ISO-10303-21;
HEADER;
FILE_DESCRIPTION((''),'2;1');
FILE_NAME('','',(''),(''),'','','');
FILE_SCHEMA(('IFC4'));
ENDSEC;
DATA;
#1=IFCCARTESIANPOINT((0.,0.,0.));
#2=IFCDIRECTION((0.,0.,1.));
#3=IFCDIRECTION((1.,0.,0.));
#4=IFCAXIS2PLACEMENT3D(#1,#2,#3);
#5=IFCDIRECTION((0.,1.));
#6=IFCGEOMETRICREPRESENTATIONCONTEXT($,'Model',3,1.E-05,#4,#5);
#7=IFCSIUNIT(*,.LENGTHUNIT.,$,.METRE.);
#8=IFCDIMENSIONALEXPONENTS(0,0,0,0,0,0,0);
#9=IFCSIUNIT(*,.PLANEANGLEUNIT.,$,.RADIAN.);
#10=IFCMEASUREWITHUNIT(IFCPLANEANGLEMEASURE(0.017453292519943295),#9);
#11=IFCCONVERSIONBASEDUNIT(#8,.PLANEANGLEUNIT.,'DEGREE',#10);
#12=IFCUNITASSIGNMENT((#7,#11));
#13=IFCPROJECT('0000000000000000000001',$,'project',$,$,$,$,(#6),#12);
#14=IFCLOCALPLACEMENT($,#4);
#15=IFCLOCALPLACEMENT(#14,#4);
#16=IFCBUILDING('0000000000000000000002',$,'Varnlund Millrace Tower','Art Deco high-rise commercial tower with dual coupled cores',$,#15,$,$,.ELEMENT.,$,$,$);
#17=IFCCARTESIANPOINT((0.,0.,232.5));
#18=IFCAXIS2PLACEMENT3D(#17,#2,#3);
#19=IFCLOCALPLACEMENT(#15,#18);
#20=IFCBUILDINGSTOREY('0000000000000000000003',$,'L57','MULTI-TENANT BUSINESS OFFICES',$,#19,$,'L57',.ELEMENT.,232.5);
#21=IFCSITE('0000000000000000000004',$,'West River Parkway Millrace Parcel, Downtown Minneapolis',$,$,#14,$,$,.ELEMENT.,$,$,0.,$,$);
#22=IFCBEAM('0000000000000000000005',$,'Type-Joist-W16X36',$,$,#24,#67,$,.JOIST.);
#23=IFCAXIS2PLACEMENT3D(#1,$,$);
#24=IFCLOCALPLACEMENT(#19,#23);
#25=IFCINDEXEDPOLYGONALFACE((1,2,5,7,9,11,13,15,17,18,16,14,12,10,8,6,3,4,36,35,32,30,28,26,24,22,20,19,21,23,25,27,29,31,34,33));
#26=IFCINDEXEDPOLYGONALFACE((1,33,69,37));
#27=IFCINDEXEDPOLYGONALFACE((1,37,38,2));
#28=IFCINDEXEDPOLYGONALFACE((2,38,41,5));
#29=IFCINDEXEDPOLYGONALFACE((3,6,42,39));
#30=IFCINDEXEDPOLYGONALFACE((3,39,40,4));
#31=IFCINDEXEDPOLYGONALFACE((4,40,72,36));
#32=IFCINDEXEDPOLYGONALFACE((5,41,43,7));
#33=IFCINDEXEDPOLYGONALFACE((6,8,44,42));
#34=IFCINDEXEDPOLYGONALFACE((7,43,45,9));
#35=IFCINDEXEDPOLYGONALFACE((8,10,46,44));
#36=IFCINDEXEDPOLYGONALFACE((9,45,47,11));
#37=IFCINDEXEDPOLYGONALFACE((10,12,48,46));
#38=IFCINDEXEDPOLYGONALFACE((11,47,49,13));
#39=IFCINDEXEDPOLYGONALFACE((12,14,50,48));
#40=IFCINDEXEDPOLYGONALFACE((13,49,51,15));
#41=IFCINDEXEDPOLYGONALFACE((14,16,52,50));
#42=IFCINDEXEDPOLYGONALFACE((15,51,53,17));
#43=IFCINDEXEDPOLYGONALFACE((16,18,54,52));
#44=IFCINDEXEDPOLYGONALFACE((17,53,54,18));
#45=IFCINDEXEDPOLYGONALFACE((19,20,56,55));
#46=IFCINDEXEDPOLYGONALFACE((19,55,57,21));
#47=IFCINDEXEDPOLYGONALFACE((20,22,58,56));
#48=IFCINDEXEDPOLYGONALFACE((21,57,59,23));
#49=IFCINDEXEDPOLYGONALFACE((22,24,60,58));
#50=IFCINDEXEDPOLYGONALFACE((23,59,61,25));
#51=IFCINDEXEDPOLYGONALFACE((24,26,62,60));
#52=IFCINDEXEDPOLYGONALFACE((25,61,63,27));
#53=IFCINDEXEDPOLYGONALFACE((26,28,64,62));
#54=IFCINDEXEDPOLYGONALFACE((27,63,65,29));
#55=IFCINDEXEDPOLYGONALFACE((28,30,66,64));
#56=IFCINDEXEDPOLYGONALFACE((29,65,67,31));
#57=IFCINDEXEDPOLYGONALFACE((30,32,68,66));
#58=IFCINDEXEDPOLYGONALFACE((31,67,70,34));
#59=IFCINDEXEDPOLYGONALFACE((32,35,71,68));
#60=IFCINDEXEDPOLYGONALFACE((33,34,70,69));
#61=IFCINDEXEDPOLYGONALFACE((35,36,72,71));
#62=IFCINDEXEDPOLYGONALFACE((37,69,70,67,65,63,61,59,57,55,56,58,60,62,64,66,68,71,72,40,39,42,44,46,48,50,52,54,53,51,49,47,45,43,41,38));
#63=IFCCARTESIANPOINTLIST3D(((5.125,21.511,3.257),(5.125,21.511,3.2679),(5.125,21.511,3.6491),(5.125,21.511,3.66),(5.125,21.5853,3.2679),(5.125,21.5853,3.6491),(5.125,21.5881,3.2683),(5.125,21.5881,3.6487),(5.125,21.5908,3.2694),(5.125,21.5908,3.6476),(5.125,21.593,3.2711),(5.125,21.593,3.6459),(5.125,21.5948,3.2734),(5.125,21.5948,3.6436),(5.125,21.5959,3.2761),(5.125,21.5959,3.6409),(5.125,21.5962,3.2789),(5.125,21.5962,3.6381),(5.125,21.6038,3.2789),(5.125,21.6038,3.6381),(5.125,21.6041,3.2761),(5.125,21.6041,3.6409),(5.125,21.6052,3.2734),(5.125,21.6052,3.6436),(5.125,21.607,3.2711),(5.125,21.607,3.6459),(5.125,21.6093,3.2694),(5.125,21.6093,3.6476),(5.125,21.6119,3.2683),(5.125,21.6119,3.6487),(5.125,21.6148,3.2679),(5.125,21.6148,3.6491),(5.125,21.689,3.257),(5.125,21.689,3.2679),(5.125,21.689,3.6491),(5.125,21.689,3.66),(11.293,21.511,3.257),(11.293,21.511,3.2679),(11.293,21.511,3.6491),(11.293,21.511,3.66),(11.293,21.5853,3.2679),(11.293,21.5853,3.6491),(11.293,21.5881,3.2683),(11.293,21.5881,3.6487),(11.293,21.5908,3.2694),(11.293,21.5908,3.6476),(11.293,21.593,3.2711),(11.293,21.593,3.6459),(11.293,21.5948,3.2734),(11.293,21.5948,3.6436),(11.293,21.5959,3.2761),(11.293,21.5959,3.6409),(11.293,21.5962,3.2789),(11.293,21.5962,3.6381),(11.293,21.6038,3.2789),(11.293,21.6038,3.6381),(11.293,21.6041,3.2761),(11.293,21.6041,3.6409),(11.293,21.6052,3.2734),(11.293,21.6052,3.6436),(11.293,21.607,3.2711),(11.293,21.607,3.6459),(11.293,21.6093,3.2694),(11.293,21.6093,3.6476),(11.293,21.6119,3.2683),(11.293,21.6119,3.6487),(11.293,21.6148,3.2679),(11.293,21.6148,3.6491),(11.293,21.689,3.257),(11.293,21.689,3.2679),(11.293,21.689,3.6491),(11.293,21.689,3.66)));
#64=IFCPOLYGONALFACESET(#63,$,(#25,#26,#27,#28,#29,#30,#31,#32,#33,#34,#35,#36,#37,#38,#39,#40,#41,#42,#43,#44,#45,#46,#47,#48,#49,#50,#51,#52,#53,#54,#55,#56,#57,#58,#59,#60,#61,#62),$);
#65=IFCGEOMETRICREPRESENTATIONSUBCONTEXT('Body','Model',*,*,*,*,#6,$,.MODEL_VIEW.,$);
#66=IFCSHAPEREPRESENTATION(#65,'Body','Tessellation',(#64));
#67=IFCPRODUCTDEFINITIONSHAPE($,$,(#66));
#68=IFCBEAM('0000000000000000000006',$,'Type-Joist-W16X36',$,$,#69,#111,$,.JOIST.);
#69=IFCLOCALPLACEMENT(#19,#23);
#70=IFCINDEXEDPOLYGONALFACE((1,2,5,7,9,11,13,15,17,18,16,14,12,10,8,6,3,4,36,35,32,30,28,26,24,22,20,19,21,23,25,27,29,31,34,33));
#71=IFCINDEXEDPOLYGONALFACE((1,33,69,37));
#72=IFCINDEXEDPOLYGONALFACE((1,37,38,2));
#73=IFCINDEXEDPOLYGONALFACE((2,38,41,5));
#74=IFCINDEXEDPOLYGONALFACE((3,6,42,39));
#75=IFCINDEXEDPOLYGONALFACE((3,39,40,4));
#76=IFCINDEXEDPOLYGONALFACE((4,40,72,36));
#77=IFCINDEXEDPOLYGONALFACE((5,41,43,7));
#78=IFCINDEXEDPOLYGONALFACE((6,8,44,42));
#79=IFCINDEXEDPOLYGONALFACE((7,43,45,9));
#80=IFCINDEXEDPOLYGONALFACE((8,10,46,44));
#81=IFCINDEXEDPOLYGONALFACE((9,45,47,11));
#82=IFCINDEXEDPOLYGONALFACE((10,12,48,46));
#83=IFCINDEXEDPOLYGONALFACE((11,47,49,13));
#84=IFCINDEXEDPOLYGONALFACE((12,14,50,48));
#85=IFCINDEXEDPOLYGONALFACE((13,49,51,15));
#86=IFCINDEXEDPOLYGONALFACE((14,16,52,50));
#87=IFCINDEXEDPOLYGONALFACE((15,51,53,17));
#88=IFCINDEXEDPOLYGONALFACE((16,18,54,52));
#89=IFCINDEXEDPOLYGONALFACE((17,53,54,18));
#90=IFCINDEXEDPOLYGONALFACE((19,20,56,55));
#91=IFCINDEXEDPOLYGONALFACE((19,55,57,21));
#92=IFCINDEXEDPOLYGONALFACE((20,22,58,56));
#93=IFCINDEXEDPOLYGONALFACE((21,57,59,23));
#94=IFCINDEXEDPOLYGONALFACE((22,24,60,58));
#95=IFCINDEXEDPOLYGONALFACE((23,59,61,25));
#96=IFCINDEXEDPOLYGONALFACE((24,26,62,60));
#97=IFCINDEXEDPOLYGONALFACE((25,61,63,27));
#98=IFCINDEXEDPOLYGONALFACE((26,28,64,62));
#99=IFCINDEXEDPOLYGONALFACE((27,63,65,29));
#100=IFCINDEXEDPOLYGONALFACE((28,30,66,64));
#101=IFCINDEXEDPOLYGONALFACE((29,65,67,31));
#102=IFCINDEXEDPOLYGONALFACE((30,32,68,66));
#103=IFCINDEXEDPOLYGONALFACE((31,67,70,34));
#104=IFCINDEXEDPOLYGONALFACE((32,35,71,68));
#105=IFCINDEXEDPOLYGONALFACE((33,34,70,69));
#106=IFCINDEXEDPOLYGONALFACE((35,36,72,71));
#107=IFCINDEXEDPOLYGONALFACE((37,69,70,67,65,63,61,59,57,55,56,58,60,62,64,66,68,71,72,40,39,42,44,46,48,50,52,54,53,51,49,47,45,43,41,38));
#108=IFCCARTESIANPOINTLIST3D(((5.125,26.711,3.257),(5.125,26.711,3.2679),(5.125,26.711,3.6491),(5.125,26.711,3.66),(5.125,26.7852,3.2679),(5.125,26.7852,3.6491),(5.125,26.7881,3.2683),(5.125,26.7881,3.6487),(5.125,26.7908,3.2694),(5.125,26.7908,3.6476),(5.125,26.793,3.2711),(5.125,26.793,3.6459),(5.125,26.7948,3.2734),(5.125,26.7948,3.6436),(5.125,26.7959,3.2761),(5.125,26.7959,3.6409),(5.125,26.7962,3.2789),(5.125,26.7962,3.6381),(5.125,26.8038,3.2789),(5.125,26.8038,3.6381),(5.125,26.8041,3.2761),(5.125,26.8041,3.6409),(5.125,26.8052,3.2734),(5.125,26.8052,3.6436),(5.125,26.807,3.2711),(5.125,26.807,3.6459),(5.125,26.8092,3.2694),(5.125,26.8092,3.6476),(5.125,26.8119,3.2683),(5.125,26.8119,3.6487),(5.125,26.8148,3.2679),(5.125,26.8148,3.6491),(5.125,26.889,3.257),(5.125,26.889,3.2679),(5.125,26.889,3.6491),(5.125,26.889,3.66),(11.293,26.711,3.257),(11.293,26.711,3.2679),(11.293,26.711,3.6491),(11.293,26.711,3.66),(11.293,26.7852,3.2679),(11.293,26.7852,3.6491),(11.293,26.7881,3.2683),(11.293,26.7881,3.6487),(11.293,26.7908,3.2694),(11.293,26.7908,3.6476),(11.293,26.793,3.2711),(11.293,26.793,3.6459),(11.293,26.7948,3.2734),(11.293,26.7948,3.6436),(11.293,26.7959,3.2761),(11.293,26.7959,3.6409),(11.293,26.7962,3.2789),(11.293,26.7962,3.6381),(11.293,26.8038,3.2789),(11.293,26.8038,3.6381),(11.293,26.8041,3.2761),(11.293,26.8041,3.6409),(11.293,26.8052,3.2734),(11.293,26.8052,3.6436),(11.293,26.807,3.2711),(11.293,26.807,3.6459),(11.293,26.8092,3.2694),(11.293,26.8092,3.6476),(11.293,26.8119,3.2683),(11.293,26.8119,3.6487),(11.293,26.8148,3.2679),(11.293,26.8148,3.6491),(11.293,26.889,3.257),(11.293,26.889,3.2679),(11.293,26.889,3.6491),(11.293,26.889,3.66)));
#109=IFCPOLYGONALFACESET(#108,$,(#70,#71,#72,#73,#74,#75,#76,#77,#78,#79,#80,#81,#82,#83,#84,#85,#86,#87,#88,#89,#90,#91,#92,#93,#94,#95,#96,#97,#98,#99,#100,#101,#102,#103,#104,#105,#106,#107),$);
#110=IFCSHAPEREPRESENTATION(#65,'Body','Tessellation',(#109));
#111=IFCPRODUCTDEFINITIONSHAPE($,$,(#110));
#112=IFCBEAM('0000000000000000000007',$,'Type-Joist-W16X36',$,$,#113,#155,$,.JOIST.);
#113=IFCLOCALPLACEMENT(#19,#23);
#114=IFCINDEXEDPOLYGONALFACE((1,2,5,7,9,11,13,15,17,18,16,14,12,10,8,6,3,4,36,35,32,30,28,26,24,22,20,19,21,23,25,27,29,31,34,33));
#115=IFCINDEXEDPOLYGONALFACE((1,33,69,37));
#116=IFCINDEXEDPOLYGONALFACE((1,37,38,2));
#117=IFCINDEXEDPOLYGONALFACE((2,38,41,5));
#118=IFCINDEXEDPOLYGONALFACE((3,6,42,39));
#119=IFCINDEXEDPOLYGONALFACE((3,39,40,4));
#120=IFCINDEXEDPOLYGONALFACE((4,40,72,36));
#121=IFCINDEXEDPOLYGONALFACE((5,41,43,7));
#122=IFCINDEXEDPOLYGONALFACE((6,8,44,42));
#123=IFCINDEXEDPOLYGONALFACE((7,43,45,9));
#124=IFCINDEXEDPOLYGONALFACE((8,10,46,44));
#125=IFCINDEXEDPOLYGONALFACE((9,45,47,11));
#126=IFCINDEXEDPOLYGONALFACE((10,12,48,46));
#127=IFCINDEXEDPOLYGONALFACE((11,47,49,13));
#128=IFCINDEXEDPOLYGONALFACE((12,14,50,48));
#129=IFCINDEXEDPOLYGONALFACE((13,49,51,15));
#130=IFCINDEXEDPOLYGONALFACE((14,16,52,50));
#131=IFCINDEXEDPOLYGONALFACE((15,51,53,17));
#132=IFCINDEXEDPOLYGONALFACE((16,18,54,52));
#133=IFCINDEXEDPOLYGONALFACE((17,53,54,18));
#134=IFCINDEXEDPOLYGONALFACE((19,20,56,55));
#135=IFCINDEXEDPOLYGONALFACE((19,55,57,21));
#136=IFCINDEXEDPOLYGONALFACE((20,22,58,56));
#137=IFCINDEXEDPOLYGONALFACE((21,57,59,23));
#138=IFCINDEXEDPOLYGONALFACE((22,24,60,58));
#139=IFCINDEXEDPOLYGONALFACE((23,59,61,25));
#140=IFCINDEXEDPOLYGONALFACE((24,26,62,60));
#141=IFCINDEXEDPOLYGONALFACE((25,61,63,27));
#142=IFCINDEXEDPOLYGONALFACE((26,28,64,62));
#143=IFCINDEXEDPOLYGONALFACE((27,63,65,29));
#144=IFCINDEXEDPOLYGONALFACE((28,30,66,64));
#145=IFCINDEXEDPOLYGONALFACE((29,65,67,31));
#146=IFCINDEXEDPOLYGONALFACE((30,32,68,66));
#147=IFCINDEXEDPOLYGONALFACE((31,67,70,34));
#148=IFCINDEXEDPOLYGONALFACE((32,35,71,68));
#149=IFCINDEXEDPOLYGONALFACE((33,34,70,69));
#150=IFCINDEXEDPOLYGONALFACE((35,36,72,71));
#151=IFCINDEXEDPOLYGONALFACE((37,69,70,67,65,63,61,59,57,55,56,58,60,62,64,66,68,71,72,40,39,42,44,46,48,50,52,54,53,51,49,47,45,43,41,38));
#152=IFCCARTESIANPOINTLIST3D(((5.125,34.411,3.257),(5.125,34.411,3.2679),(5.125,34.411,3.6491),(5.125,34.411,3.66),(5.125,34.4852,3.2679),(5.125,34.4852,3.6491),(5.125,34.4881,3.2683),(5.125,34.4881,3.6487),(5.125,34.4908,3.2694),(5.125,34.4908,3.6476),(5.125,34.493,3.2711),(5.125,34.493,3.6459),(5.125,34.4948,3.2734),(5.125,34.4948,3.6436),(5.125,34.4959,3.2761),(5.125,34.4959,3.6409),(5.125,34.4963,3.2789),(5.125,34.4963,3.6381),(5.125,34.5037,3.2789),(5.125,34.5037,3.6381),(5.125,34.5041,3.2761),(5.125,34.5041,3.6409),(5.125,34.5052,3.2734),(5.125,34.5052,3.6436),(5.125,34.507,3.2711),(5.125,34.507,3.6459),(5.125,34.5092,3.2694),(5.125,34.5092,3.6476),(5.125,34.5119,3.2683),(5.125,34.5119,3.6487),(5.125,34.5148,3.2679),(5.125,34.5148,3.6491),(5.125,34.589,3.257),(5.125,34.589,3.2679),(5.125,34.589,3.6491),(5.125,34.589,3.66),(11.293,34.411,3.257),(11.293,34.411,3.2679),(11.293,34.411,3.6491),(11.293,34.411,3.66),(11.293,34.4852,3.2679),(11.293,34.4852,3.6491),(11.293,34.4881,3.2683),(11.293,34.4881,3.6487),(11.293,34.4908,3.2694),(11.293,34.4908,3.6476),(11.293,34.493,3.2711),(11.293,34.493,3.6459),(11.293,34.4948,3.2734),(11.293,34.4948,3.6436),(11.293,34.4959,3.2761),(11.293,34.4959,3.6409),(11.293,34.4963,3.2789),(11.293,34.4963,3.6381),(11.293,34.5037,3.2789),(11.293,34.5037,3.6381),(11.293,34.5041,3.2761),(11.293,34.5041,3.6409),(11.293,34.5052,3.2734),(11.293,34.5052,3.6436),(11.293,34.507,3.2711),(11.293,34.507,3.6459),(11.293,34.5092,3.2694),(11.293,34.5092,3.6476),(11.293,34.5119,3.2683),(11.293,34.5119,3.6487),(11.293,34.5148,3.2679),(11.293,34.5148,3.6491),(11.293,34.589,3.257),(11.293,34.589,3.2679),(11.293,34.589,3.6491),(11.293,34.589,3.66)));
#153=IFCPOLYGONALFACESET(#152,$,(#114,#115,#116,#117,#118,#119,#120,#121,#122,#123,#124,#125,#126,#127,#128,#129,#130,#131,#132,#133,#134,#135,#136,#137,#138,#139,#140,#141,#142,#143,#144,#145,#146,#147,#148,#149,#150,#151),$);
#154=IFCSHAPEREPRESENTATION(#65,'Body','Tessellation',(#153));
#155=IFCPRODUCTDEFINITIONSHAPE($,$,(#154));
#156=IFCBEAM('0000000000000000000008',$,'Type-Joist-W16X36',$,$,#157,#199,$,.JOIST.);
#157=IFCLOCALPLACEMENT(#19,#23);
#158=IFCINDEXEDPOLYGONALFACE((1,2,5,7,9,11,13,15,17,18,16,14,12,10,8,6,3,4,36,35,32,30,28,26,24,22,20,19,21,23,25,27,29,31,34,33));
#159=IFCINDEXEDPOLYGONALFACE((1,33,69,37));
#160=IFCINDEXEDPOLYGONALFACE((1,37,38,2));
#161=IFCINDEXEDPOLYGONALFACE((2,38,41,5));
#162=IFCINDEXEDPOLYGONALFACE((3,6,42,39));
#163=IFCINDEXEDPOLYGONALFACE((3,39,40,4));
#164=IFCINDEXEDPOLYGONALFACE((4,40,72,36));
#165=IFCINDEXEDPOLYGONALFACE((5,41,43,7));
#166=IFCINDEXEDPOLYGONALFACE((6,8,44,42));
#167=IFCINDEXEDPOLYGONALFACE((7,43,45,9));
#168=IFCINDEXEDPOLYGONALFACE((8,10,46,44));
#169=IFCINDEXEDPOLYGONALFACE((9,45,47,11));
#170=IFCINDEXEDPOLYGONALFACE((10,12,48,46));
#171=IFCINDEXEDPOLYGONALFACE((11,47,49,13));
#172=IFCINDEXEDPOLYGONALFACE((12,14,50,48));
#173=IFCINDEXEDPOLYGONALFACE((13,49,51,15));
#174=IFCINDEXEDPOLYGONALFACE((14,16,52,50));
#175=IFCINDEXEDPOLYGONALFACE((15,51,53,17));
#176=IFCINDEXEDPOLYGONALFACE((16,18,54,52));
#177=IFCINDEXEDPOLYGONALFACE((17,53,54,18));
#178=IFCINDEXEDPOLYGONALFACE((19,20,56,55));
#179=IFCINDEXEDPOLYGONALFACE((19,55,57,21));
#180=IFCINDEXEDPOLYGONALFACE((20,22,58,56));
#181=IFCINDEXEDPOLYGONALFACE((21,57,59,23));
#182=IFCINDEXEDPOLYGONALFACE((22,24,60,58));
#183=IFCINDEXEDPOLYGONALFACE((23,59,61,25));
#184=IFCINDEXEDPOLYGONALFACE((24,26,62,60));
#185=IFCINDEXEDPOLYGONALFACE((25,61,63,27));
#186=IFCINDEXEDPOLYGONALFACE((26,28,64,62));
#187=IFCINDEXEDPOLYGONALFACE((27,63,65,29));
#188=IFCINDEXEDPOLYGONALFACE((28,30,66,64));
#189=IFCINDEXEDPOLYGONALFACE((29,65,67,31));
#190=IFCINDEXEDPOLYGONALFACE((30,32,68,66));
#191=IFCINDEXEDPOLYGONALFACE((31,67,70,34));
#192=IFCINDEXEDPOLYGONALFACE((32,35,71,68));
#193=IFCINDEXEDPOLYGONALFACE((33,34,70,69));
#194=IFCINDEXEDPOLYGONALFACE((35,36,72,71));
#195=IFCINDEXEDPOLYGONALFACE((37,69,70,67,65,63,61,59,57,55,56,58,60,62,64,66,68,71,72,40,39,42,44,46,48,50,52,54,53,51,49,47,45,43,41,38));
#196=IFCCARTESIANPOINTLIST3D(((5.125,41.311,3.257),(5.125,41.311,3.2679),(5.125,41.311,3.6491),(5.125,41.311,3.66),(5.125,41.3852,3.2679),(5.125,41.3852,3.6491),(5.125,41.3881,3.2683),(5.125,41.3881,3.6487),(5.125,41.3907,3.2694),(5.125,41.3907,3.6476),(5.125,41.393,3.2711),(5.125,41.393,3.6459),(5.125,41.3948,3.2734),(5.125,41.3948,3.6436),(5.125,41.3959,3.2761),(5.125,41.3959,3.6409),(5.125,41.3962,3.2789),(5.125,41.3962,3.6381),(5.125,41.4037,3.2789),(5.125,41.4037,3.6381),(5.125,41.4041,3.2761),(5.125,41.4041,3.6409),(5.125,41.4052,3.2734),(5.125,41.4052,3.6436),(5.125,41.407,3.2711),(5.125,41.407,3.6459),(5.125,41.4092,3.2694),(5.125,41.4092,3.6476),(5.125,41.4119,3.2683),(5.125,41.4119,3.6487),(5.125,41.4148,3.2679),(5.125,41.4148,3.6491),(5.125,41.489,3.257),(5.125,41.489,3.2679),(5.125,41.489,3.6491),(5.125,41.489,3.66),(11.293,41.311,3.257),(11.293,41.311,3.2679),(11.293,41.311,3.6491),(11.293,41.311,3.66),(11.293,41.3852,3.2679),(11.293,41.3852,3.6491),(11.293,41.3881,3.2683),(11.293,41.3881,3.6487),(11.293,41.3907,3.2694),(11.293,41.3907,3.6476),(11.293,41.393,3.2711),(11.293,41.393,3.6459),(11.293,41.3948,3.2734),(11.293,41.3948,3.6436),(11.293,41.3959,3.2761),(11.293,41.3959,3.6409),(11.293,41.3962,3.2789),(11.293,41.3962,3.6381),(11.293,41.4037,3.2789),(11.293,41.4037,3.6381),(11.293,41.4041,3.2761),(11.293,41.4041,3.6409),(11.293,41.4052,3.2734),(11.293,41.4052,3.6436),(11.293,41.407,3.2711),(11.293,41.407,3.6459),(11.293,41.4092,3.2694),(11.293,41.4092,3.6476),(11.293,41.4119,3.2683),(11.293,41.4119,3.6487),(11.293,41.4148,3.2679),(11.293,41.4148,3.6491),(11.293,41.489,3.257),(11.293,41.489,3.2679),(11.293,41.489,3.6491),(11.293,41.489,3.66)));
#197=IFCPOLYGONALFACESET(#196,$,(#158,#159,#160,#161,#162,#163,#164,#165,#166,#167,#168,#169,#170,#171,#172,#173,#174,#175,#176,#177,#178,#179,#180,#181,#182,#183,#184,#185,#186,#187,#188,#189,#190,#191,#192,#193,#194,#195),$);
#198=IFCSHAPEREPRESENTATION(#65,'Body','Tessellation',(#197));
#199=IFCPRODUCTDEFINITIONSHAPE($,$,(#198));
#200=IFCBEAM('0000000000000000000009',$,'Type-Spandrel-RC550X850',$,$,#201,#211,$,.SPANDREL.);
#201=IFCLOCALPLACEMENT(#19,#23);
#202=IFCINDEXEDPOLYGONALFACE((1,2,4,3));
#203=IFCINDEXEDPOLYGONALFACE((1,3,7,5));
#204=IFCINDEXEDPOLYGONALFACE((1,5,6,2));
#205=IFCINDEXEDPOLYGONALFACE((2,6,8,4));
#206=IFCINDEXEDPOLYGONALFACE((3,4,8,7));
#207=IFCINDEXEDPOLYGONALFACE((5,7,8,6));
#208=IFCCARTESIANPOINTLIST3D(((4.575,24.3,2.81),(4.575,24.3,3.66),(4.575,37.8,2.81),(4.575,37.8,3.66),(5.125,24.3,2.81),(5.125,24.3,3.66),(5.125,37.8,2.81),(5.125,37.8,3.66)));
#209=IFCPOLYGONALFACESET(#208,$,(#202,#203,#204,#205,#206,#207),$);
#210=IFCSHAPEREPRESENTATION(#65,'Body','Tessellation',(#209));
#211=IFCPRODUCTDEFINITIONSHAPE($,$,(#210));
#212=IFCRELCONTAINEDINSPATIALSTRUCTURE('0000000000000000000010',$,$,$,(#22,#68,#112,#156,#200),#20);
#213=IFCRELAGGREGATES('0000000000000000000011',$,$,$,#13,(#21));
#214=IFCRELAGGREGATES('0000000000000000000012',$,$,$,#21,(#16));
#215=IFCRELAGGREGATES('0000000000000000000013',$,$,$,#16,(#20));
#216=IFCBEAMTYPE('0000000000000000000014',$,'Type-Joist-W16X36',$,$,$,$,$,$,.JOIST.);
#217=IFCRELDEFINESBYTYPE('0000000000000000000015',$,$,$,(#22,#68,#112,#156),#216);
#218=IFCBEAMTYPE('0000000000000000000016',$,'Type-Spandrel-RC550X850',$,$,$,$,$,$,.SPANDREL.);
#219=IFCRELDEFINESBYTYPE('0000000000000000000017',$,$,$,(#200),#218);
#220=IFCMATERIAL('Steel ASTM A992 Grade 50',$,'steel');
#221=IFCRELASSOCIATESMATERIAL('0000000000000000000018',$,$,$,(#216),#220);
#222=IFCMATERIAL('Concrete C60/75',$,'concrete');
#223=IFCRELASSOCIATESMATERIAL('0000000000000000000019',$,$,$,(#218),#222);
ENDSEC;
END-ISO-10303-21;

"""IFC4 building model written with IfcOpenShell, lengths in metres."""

from ifc_helpers import new_model, entity, si_unit, converted_unit, direction, frame, origin_with_axes, origin_2d_with_axis, place, context, subcontext, project, spatial, rectangle, i_section, extrude, material, material_profile, profile_set, type_object, element, save


model = new_model("IFC4")

# Units and contexts
model_context = context("Model", 3, precision=1e-05, world=origin_with_axes(), true_north=direction((0.0, 1.0)))
body_context = subcontext(model_context, "Body", "Model", "MODEL_VIEW")
ifc_project = project(units=[si_unit("LENGTHUNIT", "METRE"), converted_unit("PLANEANGLEUNIT", "DEGREE", entity("IfcPlaneAngleMeasure", 0.017453292519943295), si_unit("PLANEANGLEUNIT", "RADIAN"), dimensions=[0, 0, 0, 0, 0, 0, 0])], contexts=[model_context])

# Site, building, storey
site_placement = place(None, origin_with_axes())
site = spatial("IfcSite", under=ifc_project, at=site_placement, Name="West River Parkway Millrace Parcel, Downtown Minneapolis", CompositionType="ELEMENT", RefElevation=0.0)
building_placement = place(site_placement, origin_with_axes())
building = spatial("IfcBuilding", under=site, at=building_placement, Name="Varnlund Millrace Tower", Description="Art Deco high-rise commercial tower with dual coupled cores", CompositionType="ELEMENT")
storey_placement = place(building_placement, frame((0.0, 0.0, 232.5), z_axis=(0.0, 0.0, 1.0), x_axis=(1.0, 0.0, 0.0)))
storey = spatial("IfcBuildingStorey", under=building, at=storey_placement, Name="L57", Description="MULTI-TENANT BUSINESS OFFICES", LongName="L57", CompositionType="ELEMENT", Elevation=232.5)

# Beams
ifc_material_1 = material(Name="Steel ASTM A992 Grade 50", Category="steel")
ifc_material_profile_1 = material_profile(ifc_material_1, i_section(OverallWidth=0.178, OverallDepth=0.403, WebThickness=0.0075, FlangeThickness=0.0109, FilletRadius=0.011, at=origin_2d_with_axis()), Name="Steel ASTM A992 Grade 50")
ifc_profile_set_1 = profile_set([ifc_material_profile_1], Name="Steel ASTM A992 Grade 50")
beam_type_1 = type_object("IfcBeamType", Name="Type-Joist-W16X36", PredefinedType="JOIST", material=ifc_profile_set_1)
for number, where, z_axis, x_axis, name in (
    (1, (5.125, 21.6, 3.4585), (1.0, 0.0, 0.0), (0.0, 1.0, 0.0), "Type-Joist-W16X36"),
    (2, (5.125, 26.8, 3.4585), (1.0, 0.0, 0.0), (0.0, 1.0, 0.0), "Type-Joist-W16X36"),
    (3, (5.125, 34.5, 3.4585), (1.0, 0.0, 0.0), (0.0, 1.0, 0.0), "Type-Joist-W16X36"),
    (4, (5.125, 41.4, 3.4585), (1.0, 0.0, 0.0), (0.0, 1.0, 0.0), "Type-Joist-W16X36"),
):
    element("IfcBeam", number, at=place(storey_placement, frame(where, z_axis=z_axis, x_axis=x_axis)), inside=storey, type_object=beam_type_1, Name=name, PredefinedType="JOIST", context=body_context, shape_type="SweptSolid", body=[
        extrude(i_section(OverallWidth=0.178, OverallDepth=0.403, WebThickness=0.0075, FlangeThickness=0.0109, FilletRadius=0.011, at=origin_2d_with_axis()), origin_with_axes(), (0.0, 0.0, 1.0), 6.168),
    ])
ifc_material_2 = material(Name="Concrete C60/75", Category="concrete")
ifc_material_profile_2 = material_profile(ifc_material_2, rectangle(XDim=0.55, YDim=0.85, at=origin_2d_with_axis()), Name="Concrete C60/75")
ifc_profile_set_2 = profile_set([ifc_material_profile_2], Name="Concrete C60/75")
beam_type_2 = type_object("IfcBeamType", Name="Type-Spandrel-RC550X850", PredefinedType="SPANDREL", material=ifc_profile_set_2)
beam_1_placement = place(storey_placement, frame((4.85, 24.3, 3.235), z_axis=(0.0, 1.0, 0.0), x_axis=(-1.0, 0.0, 0.0)))
element("IfcBeam", 5, at=beam_1_placement, inside=storey, type_object=beam_type_2, Name="Type-Spandrel-RC550X850", PredefinedType="SPANDREL", context=body_context, shape_type="SweptSolid", body=[
    extrude(rectangle(XDim=0.55, YDim=0.85, at=origin_2d_with_axis()), origin_with_axes(), (0.0, 0.0, 1.0), 13.5),
])

save(model, "model.ifc")
